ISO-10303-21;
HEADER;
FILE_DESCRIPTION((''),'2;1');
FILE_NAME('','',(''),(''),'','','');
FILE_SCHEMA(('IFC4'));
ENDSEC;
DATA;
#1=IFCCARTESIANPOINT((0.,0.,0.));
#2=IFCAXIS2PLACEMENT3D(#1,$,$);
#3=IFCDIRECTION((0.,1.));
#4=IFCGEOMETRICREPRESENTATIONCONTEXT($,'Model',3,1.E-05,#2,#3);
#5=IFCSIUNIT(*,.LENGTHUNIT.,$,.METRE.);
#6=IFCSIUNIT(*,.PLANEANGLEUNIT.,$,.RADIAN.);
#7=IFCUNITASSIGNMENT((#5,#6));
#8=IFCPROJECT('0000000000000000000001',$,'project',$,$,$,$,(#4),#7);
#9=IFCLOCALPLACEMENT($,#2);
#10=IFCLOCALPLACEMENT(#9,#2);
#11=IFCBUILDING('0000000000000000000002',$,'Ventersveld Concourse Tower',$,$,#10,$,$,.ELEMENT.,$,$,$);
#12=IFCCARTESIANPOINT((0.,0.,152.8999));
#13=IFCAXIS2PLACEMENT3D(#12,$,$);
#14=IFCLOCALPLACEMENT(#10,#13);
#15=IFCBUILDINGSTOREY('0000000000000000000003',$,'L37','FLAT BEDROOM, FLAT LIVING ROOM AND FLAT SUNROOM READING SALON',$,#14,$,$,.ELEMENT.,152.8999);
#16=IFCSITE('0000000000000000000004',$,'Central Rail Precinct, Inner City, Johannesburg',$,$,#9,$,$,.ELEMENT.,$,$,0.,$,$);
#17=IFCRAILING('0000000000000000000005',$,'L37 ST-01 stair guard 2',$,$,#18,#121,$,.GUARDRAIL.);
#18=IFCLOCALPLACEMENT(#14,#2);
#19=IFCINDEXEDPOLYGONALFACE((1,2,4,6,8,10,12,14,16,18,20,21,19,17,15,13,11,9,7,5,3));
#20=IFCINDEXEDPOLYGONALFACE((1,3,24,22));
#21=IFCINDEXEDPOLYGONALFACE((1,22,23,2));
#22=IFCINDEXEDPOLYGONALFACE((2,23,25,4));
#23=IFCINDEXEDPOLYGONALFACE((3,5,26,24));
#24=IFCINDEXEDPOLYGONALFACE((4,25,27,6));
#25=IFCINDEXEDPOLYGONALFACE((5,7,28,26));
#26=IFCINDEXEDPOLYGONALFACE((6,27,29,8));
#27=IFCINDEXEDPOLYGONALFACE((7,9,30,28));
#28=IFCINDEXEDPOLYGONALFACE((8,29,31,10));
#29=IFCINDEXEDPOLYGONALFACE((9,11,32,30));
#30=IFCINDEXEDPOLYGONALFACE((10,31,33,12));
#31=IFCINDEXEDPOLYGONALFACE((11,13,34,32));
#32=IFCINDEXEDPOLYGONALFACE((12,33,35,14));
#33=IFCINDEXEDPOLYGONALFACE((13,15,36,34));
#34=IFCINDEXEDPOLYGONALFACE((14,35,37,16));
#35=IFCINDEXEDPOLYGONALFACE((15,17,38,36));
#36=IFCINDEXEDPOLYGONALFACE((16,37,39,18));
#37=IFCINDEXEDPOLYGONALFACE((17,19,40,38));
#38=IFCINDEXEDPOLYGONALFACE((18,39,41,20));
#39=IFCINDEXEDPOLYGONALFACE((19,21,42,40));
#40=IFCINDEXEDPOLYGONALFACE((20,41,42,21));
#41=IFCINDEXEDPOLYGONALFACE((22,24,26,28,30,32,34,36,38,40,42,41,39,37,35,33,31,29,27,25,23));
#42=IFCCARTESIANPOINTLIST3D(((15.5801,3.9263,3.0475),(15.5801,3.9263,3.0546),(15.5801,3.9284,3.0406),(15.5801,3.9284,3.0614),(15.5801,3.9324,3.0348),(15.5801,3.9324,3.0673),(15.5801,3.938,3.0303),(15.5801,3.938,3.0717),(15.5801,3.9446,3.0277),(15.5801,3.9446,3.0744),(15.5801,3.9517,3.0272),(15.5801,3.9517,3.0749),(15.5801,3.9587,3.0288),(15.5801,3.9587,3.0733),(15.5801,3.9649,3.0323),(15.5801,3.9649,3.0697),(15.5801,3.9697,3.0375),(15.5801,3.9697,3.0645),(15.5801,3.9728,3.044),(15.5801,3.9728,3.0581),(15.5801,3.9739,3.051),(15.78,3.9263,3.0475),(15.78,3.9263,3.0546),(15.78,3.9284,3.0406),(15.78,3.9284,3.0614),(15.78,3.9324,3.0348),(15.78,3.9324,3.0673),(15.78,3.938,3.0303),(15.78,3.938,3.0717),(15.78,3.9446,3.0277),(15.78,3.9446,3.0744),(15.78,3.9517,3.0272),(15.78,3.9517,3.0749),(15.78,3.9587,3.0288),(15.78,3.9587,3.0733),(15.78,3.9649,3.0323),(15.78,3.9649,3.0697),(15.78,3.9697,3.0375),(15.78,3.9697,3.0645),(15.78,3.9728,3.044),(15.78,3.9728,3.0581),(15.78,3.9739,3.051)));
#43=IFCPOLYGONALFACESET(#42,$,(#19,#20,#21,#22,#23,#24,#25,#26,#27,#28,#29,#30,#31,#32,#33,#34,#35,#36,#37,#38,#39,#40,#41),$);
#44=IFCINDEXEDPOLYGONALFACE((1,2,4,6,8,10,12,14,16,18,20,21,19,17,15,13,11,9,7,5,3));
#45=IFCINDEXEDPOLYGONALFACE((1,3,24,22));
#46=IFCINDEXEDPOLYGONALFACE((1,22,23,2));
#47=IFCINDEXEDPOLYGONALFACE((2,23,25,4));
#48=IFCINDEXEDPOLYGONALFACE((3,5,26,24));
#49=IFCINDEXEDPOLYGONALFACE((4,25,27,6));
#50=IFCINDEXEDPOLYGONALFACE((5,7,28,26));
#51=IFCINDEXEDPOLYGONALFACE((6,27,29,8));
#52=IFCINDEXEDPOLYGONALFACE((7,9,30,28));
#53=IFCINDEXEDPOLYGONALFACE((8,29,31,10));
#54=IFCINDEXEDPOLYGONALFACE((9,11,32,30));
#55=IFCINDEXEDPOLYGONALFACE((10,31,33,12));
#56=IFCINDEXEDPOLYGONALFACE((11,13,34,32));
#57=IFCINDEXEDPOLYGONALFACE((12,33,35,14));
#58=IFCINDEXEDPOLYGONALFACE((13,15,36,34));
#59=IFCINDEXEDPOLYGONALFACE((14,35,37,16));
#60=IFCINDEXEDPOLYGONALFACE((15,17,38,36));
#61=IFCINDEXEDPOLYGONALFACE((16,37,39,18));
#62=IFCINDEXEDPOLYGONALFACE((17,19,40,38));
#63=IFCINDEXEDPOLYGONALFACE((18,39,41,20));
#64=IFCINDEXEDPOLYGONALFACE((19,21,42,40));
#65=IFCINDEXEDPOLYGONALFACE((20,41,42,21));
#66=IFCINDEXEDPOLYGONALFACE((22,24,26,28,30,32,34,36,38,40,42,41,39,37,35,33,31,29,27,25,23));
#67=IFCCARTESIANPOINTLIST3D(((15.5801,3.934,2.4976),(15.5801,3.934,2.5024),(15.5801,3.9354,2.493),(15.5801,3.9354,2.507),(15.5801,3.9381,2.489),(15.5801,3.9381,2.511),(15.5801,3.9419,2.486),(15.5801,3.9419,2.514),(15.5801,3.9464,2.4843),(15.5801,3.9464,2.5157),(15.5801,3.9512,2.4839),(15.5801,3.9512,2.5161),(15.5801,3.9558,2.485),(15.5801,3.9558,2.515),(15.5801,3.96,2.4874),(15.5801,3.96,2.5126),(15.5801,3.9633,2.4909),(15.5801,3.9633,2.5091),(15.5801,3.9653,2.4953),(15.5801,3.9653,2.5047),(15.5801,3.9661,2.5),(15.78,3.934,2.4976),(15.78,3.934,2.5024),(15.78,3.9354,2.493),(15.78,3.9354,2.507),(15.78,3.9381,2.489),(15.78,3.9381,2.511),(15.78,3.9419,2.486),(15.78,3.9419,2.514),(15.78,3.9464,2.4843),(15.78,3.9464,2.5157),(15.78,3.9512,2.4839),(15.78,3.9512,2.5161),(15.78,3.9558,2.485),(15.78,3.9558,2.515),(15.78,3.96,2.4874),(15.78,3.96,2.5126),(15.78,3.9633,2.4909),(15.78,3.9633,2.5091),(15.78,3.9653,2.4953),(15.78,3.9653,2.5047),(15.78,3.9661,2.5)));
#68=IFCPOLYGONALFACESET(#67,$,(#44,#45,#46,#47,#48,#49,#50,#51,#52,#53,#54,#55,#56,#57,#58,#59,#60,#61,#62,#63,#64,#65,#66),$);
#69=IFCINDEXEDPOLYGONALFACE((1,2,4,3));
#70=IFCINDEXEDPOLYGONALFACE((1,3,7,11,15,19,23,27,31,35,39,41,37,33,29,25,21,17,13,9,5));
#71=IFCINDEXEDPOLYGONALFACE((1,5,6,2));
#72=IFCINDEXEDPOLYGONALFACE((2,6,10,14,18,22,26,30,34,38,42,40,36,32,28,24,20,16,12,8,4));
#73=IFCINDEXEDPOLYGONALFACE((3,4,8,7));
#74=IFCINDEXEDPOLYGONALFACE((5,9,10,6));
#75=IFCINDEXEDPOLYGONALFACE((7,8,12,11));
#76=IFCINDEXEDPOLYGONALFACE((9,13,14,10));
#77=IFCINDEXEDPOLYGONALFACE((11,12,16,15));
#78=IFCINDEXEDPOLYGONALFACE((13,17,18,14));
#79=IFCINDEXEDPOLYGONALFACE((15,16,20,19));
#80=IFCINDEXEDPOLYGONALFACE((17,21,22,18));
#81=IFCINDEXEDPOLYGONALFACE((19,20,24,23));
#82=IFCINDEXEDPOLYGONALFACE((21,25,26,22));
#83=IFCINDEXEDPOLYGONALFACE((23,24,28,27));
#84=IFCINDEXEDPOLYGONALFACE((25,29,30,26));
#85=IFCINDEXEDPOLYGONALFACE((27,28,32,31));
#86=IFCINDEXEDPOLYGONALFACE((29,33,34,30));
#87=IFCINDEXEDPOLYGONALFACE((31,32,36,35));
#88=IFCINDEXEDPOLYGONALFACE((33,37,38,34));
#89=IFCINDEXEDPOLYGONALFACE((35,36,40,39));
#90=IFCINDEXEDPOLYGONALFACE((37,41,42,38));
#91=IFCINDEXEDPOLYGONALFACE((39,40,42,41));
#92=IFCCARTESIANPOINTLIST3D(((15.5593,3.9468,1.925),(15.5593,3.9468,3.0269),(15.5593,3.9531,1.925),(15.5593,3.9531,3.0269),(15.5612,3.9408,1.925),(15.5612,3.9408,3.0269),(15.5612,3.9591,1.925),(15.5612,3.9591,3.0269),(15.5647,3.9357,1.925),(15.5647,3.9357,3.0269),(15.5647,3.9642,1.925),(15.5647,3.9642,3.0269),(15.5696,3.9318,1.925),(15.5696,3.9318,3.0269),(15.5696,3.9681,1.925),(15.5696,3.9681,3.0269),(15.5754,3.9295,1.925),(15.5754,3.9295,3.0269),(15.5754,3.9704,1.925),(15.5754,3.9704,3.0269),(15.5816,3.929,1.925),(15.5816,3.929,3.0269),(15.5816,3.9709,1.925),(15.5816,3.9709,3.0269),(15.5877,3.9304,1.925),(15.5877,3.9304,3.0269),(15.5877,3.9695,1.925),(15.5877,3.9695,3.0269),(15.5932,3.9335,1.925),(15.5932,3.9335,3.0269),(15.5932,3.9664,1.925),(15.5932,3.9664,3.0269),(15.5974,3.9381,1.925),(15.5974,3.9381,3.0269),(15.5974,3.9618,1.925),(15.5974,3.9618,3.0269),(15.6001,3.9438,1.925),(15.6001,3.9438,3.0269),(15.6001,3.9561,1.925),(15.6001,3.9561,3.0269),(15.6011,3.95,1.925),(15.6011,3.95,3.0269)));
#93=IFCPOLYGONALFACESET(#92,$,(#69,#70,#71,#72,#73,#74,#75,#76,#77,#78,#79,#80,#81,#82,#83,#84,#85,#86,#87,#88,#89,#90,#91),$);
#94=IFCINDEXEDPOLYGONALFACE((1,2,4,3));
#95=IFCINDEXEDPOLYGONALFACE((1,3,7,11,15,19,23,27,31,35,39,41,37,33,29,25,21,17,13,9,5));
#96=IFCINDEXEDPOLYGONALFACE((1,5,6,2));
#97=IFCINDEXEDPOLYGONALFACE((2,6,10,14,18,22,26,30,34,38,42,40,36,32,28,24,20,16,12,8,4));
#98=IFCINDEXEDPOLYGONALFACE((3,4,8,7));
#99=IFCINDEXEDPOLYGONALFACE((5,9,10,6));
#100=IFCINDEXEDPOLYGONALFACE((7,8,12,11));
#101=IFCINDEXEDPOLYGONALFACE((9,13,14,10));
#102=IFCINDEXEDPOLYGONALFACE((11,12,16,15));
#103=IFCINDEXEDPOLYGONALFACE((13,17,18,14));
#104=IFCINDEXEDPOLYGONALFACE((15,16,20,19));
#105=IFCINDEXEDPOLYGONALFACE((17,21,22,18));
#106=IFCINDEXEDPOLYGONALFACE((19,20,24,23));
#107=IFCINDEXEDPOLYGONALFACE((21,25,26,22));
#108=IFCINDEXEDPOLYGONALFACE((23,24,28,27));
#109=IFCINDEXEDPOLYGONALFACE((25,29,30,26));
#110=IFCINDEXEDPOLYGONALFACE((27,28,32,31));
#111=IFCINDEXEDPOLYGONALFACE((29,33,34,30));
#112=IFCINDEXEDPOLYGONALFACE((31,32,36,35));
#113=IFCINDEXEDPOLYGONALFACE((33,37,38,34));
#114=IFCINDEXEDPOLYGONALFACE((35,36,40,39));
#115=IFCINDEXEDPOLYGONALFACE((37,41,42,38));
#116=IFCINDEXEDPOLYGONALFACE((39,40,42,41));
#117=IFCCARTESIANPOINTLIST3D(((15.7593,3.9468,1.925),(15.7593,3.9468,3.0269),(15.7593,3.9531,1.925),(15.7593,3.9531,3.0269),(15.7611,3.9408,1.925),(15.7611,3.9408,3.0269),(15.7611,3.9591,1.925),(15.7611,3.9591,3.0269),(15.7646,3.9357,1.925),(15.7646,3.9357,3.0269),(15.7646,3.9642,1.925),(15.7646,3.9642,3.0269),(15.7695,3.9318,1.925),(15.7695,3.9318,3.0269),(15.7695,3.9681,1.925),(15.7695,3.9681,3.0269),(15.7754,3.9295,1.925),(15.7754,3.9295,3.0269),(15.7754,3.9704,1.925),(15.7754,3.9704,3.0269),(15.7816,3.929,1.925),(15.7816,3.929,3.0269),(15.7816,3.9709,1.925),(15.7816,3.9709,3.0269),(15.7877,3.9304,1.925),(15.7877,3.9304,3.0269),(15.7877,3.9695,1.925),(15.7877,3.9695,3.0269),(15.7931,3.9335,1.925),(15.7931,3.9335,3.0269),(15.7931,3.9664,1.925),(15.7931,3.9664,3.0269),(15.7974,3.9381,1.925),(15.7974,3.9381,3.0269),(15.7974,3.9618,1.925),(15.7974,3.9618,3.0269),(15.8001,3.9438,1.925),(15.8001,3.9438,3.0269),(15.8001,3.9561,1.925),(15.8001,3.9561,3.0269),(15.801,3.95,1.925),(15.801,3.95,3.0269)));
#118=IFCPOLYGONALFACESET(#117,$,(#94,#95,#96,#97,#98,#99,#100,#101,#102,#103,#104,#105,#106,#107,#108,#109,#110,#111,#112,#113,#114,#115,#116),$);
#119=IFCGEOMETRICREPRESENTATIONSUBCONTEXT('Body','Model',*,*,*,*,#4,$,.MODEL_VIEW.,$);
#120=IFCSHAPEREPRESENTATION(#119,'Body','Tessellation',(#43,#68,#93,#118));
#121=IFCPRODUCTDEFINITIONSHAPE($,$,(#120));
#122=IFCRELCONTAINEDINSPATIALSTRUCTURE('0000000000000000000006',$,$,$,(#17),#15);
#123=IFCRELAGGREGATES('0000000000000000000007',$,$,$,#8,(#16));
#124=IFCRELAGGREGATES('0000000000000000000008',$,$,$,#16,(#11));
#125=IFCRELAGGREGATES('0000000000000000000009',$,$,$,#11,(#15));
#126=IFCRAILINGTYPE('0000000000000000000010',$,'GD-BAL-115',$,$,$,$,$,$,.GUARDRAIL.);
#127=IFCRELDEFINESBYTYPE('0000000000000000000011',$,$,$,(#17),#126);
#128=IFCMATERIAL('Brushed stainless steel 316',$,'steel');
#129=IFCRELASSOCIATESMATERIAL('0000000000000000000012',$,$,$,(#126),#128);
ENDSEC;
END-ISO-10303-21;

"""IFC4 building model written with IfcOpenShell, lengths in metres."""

from ifc_helpers import new_model, si_unit, direction, frame, origin, origin_2d, place, context, subcontext, project, spatial, circle, extrude, material, type_object, element, save


model = new_model("IFC4")

# Units and contexts
model_context = context("Model", 3, precision=1e-05, world=origin(), true_north=direction((0.0, 1.0)))
body_context = subcontext(model_context, "Body", "Model", "MODEL_VIEW")
ifc_project = project(units=[si_unit("LENGTHUNIT", "METRE"), si_unit("PLANEANGLEUNIT", "RADIAN")], contexts=[model_context])

# Site, building, storey
site_placement = place(None, origin())
site = spatial("IfcSite", under=ifc_project, at=site_placement, Name="Central Rail Precinct, Inner City, Johannesburg", CompositionType="ELEMENT", RefElevation=0.0)
building_placement = place(site_placement, origin())
building = spatial("IfcBuilding", under=site, at=building_placement, Name="Ventersveld Concourse Tower", CompositionType="ELEMENT")
storey_placement = place(building_placement, frame((0.0, 0.0, 152.8999)))
storey = spatial("IfcBuildingStorey", under=building, at=storey_placement, Name="L37", Description="FLAT BEDROOM, FLAT LIVING ROOM AND FLAT SUNROOM READING SALON", CompositionType="ELEMENT", Elevation=152.8999)

# Railing
ifc_material_1 = material(Name="Brushed stainless steel 316", Category="steel")
railing_type_1 = type_object("IfcRailingType", Name="GD-BAL-115", PredefinedType="GUARDRAIL", material=ifc_material_1)
railing_1_placement = place(storey_placement, frame((15.5801, 3.95, 1.925)))
element("IfcRailing", 1, at=railing_1_placement, inside=storey, type_object=railing_type_1, Name="L37 ST-01 stair guard 2", PredefinedType="GUARDRAIL", context=body_context, shape_type="SweptSolid", body=[
    extrude(circle(Radius=0.0239, at=origin_2d()), frame((0.0, 0.0, 1.126), z_axis=(1.0, 0.0, 0.0), x_axis=(0.0, 1.0, 0.0)), (0.0, 0.0, 1.0), 0.2),
    extrude(circle(Radius=0.0161, at=origin_2d()), frame((0.0, 0.0, 0.575), z_axis=(1.0, 0.0, 0.0), x_axis=(0.0, 1.0, 0.0)), (0.0, 0.0, 1.0), 0.2),
    extrude(circle(Radius=0.021, at=origin_2d()), origin(), (0.0, 0.0, 1.0), 1.1018),
    extrude(circle(Radius=0.021, at=origin_2d()), frame((0.2, 0.0, 0.0)), (0.0, 0.0, 1.0), 1.1018),
])

save(model, "model.ifc")
